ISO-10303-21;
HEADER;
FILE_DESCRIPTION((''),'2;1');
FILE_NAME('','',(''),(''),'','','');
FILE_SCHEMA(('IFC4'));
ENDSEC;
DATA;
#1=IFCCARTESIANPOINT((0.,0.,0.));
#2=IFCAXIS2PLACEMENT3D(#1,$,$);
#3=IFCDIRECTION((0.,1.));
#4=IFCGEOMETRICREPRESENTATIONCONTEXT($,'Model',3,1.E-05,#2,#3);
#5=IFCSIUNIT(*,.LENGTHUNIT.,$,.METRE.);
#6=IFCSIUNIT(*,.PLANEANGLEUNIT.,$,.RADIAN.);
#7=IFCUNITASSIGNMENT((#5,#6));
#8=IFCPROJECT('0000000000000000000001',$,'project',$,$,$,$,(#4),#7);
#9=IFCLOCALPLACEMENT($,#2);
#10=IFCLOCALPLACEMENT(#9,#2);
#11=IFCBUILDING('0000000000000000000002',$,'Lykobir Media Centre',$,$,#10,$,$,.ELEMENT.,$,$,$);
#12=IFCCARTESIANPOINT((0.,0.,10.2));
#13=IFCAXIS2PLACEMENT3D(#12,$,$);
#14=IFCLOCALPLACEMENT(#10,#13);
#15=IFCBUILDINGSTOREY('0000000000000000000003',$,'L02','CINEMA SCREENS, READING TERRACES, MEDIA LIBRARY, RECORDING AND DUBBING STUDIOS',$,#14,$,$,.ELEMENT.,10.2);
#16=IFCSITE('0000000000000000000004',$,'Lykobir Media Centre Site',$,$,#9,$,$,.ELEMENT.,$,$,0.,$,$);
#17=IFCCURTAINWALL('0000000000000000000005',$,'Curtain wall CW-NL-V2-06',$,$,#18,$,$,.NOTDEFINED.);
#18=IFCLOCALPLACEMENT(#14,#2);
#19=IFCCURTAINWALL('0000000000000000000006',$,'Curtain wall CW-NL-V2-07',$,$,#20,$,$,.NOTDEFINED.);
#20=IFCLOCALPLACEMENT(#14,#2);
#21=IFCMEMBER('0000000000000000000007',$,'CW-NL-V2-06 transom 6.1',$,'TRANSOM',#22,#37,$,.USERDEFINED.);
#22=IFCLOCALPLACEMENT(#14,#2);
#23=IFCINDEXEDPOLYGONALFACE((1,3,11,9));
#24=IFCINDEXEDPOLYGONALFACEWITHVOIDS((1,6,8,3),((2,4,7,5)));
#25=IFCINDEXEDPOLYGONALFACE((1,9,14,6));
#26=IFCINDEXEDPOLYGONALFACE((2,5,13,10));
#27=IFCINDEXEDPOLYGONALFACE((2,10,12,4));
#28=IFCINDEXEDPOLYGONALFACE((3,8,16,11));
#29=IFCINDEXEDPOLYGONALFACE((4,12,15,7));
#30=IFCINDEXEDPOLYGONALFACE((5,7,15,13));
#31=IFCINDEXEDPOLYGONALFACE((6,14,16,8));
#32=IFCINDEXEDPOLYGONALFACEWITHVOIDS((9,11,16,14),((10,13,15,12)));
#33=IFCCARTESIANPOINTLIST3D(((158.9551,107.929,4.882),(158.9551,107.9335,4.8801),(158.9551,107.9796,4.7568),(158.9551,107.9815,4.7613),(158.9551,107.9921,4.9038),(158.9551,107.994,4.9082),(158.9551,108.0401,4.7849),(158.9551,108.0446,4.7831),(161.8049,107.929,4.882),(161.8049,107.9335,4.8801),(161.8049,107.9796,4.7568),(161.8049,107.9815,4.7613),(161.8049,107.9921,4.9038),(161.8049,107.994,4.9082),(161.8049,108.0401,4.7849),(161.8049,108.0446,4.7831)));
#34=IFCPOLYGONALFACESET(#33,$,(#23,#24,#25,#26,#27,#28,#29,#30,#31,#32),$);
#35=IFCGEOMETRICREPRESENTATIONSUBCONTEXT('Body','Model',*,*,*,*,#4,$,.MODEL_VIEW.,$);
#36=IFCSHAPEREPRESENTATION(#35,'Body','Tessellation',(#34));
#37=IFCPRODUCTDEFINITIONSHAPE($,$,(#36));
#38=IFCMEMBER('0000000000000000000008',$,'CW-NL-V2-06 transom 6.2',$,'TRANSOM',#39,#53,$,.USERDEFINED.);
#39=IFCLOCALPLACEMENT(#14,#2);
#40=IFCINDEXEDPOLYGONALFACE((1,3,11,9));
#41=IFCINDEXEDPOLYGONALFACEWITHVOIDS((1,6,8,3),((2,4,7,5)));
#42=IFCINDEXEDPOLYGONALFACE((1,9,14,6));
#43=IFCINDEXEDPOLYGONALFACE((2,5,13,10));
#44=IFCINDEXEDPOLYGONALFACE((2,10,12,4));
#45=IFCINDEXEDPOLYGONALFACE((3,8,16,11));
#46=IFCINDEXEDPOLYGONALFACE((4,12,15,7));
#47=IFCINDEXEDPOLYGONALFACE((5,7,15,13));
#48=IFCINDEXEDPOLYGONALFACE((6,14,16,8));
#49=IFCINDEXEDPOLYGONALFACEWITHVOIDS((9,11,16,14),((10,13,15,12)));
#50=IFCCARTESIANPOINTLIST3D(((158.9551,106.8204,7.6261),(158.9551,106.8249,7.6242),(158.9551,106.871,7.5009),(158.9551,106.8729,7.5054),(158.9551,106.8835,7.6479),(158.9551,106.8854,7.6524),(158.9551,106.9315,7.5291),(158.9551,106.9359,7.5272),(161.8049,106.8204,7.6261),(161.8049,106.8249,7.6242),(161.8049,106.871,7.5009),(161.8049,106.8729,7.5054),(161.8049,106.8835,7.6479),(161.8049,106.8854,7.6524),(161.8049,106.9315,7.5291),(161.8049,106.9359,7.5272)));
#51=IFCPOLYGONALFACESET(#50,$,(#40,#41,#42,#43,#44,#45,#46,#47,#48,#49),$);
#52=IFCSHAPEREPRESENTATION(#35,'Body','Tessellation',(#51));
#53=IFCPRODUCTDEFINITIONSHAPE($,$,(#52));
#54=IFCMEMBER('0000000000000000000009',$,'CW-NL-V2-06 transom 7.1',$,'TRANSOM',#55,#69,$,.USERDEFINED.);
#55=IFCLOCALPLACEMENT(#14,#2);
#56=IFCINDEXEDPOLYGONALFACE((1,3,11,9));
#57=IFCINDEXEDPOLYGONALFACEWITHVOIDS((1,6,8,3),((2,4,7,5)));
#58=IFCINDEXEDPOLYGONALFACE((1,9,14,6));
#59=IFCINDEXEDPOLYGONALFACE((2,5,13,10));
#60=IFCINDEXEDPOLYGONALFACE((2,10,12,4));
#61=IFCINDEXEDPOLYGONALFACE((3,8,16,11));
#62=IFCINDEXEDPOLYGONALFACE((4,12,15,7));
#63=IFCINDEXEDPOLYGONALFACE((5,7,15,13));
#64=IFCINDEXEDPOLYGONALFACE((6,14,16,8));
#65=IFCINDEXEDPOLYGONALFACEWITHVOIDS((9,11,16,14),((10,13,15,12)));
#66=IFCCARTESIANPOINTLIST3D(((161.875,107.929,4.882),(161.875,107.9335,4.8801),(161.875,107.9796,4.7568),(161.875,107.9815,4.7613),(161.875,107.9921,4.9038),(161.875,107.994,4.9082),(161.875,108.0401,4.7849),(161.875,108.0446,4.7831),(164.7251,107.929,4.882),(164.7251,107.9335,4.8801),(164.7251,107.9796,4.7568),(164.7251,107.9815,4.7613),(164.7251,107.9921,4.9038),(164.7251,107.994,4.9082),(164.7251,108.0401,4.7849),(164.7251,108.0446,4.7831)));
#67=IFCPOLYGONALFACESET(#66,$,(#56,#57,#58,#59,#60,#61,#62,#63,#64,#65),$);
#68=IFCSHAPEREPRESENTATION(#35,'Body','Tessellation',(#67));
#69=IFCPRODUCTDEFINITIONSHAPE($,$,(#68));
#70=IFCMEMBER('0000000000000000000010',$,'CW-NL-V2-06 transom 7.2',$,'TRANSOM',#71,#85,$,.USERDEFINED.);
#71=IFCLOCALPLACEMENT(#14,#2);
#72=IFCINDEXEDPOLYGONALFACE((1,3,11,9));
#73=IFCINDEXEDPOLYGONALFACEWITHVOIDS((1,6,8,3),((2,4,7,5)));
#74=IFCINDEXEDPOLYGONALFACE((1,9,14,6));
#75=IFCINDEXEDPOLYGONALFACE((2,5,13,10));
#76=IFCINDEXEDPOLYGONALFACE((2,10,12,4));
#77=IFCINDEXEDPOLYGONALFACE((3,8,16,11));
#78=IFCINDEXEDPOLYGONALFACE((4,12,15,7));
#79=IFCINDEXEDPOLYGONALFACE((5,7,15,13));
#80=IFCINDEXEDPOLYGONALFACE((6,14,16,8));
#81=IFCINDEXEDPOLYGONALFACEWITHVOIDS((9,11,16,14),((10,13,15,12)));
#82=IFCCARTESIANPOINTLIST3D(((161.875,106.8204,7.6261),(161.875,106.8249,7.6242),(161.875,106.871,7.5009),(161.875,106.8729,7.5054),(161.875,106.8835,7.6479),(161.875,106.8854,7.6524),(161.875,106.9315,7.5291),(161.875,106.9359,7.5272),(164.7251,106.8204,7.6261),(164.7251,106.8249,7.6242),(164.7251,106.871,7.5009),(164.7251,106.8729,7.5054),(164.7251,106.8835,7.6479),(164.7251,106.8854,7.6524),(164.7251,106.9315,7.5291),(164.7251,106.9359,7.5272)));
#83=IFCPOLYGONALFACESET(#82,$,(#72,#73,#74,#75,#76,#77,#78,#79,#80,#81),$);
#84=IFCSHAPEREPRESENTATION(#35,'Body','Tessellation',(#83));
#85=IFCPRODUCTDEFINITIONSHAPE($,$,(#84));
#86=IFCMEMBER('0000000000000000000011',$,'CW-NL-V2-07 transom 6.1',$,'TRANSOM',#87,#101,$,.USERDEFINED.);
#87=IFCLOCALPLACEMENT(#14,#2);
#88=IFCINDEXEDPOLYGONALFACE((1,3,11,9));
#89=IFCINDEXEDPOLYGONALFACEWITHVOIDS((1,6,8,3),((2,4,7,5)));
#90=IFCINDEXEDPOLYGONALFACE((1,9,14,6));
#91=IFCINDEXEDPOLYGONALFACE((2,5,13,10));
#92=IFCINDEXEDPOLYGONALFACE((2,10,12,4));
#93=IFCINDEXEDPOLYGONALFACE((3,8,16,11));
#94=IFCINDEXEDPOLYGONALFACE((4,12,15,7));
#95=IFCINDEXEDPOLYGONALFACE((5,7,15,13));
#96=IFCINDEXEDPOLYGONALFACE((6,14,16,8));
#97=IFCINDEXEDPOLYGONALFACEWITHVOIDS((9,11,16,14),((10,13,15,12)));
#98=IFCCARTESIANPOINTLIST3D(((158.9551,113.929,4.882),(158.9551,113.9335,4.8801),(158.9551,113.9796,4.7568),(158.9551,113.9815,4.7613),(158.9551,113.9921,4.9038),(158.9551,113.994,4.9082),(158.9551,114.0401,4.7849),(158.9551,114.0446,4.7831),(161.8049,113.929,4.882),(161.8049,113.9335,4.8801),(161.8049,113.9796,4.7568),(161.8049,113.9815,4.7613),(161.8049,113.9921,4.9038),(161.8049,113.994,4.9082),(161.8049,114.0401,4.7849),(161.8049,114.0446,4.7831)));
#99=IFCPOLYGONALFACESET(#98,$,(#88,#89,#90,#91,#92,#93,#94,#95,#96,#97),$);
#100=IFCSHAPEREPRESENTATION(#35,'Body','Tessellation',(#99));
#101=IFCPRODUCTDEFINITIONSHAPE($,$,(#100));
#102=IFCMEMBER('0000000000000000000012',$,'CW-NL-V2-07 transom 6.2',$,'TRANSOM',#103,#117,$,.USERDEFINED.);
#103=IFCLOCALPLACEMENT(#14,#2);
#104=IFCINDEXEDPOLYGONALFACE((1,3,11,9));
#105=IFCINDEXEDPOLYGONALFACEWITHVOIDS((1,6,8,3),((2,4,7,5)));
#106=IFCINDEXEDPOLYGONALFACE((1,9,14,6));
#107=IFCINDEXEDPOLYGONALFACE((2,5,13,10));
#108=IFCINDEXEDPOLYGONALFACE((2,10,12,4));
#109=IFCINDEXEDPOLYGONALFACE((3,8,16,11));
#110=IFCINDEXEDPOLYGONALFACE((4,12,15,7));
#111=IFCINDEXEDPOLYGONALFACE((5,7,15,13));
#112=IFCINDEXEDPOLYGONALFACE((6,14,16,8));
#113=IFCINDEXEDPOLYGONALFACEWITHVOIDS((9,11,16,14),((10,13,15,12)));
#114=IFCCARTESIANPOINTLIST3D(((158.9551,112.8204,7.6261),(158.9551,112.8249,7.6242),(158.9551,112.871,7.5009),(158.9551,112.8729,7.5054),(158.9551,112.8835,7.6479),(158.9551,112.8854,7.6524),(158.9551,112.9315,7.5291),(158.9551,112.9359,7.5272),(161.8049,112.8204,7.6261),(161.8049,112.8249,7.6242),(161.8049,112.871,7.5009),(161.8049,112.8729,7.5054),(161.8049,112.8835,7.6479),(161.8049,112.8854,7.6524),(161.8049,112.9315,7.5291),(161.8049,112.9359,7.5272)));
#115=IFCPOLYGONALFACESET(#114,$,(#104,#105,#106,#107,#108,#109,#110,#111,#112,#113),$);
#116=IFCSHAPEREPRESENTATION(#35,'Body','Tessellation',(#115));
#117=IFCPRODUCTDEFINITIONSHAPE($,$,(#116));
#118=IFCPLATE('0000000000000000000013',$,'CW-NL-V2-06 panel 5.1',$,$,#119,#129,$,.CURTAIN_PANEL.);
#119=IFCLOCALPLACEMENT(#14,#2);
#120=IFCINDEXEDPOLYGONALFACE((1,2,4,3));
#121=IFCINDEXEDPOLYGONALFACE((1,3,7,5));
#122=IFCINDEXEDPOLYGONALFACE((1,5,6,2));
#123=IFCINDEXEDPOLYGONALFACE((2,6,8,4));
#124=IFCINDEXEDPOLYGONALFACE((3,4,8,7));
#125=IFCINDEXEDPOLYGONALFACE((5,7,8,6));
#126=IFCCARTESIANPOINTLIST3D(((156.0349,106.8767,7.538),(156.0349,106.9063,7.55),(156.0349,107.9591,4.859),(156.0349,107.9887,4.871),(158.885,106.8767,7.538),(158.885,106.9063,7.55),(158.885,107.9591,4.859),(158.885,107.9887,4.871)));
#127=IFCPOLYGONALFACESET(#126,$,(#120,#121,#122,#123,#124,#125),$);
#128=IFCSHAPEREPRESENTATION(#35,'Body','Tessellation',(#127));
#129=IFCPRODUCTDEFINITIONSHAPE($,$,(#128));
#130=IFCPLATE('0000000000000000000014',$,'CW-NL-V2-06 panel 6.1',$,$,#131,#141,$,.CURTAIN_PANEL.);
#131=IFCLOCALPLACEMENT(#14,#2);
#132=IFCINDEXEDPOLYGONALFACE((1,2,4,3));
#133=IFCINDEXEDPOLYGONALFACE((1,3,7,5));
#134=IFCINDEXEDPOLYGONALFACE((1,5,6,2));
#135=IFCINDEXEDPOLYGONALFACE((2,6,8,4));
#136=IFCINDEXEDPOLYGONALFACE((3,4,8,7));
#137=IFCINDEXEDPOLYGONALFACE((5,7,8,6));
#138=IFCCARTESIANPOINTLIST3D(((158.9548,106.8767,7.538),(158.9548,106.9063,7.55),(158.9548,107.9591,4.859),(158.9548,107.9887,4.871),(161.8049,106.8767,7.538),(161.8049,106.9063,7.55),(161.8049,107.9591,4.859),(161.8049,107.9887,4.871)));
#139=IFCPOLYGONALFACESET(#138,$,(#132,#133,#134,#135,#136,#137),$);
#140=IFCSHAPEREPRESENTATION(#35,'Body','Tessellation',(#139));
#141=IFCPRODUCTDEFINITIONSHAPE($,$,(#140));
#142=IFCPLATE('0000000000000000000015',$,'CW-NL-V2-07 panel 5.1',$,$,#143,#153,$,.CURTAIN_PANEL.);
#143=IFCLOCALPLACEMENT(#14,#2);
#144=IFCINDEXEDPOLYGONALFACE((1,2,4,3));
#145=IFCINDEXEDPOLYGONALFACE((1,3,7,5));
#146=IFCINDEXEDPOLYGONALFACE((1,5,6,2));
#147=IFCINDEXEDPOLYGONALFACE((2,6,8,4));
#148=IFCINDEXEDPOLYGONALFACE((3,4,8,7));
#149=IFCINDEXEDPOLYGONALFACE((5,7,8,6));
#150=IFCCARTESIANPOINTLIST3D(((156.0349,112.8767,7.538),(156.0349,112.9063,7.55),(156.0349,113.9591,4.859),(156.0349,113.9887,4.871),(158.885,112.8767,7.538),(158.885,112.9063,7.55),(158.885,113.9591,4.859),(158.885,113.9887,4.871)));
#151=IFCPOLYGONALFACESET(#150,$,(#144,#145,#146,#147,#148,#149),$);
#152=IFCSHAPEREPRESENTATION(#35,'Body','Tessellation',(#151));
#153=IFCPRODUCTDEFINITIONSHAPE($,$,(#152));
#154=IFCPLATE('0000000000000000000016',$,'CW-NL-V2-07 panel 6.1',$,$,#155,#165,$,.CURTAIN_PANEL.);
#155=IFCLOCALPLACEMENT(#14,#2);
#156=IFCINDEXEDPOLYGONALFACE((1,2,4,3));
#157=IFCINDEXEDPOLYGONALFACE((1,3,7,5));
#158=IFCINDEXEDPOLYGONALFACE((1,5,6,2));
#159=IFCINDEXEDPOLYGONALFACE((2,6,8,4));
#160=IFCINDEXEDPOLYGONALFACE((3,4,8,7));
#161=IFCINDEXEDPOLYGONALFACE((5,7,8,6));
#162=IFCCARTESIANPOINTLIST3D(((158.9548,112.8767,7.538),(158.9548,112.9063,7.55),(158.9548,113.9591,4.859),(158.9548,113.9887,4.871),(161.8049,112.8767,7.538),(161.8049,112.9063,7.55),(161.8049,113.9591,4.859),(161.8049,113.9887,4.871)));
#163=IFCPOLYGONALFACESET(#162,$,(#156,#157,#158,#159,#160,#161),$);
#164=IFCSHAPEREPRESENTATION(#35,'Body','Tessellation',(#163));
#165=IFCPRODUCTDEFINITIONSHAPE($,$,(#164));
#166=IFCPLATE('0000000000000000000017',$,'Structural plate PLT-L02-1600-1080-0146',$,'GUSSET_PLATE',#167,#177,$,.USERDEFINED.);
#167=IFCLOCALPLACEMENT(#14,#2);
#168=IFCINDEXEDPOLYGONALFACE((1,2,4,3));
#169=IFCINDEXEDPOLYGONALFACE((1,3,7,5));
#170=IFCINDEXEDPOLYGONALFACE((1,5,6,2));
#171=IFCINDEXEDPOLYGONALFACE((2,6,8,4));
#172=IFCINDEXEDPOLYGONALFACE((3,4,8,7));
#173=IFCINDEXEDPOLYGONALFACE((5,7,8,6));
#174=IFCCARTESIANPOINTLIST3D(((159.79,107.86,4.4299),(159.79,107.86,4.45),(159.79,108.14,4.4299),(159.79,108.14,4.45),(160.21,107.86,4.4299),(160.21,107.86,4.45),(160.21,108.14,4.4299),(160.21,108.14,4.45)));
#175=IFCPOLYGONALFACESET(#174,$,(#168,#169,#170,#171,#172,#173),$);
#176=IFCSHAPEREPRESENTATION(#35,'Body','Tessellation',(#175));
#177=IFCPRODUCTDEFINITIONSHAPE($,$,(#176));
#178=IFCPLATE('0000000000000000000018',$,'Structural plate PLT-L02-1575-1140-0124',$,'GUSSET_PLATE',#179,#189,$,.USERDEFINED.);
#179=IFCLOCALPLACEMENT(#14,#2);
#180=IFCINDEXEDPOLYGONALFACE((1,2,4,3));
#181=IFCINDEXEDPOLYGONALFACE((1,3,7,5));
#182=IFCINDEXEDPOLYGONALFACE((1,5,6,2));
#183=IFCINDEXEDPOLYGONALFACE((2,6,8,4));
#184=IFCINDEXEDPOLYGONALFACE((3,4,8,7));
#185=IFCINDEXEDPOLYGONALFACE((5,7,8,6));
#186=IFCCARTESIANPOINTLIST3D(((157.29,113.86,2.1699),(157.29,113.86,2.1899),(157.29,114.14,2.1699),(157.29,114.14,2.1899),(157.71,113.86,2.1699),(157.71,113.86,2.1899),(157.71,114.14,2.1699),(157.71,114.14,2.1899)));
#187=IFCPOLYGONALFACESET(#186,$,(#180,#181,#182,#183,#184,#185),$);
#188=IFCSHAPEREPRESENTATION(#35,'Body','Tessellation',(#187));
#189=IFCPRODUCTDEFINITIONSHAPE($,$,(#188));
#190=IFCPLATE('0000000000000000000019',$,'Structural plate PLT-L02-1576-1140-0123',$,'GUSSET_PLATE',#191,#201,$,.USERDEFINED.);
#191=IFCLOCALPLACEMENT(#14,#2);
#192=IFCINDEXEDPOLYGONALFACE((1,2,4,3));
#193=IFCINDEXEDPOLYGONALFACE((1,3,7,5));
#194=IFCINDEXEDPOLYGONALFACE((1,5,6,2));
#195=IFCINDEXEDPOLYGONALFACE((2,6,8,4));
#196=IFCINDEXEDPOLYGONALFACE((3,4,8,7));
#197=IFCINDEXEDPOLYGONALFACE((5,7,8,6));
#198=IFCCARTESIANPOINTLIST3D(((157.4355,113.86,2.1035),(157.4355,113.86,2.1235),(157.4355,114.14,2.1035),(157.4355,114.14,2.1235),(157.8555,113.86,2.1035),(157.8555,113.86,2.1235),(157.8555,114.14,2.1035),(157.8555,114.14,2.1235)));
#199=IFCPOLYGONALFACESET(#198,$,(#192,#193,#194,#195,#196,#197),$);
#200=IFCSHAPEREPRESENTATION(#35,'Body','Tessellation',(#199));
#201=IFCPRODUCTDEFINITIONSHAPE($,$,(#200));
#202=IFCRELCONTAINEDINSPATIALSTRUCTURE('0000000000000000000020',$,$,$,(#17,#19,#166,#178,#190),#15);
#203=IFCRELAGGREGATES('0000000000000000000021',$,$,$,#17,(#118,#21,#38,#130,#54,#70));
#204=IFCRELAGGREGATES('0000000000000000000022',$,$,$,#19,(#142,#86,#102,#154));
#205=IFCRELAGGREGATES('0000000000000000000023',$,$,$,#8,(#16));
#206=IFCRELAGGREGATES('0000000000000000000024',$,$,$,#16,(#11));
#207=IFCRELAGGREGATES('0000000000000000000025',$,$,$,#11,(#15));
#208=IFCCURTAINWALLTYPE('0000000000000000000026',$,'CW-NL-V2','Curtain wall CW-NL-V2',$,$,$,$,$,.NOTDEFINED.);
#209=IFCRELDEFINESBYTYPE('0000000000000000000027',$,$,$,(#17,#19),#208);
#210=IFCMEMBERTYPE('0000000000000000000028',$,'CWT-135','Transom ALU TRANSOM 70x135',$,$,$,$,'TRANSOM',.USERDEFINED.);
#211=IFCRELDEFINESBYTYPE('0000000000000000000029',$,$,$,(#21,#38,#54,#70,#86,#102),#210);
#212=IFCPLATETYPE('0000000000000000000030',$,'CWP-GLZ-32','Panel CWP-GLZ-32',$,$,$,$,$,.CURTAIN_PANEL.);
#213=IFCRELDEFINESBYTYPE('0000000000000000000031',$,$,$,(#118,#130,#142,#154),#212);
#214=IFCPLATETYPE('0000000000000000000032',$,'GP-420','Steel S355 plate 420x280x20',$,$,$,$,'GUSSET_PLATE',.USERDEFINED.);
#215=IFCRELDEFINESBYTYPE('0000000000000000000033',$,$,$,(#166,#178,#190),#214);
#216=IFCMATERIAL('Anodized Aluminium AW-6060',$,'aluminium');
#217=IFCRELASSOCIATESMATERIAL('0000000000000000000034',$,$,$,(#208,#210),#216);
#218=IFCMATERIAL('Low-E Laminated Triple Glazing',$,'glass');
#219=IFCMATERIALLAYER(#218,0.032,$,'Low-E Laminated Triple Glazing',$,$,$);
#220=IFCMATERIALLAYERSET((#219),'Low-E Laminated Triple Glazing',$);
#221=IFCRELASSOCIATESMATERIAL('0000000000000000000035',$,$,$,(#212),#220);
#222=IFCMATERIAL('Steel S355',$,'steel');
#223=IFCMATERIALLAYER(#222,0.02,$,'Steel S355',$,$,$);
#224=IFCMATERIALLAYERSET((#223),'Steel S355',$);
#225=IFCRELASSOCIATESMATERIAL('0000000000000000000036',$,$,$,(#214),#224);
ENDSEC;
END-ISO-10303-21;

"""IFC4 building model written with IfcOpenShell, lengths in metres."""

from ifc_helpers import new_model, si_unit, direction, frame, origin, origin_2d, place, context, subcontext, project, spatial, rectangle, hollow_rectangle, extrude, material, layer, layer_set, material_profile, profile_set, type_object, element, aggregate, save


model = new_model("IFC4")

# Units and contexts
model_context = context("Model", 3, precision=1e-05, world=origin(), true_north=direction((0.0, 1.0)))
body_context = subcontext(model_context, "Body", "Model", "MODEL_VIEW")
ifc_project = project(units=[si_unit("LENGTHUNIT", "METRE"), si_unit("PLANEANGLEUNIT", "RADIAN")], contexts=[model_context])

# Site, building, storey
site_placement = place(None, origin())
site = spatial("IfcSite", under=ifc_project, at=site_placement, Name="Lykobir Media Centre Site", CompositionType="ELEMENT", RefElevation=0.0)
building_placement = place(site_placement, origin())
building = spatial("IfcBuilding", under=site, at=building_placement, Name="Lykobir Media Centre", CompositionType="ELEMENT")
storey_placement = place(building_placement, frame((0.0, 0.0, 10.2)))
storey = spatial("IfcBuildingStorey", under=building, at=storey_placement, Name="L02", Description="CINEMA SCREENS, READING TERRACES, MEDIA LIBRARY, RECORDING AND DUBBING STUDIOS", CompositionType="ELEMENT", Elevation=10.2)

# Shared definitions
ifc_material_1 = material(Name="Steel S355", Category="steel")

# Curtain walls
ifc_material_2 = material(Name="Anodized Aluminium AW-6060", Category="aluminium")
curtain_wall_type = type_object("IfcCurtainWallType", Name="CW-NL-V2", Description="Curtain wall CW-NL-V2", PredefinedType="NOTDEFINED", material=ifc_material_2)
curtain_wall_1_placement = place(storey_placement, origin())
curtain_wall_1 = element("IfcCurtainWall", 1, at=curtain_wall_1_placement, inside=storey, type_object=curtain_wall_type, Name="Curtain wall CW-NL-V2-06", PredefinedType="NOTDEFINED")
curtain_wall_2_placement = place(storey_placement, origin())
curtain_wall_2 = element("IfcCurtainWall", 2, at=curtain_wall_2_placement, inside=storey, type_object=curtain_wall_type, Name="Curtain wall CW-NL-V2-07", PredefinedType="NOTDEFINED")

# Members
ifc_material_profile_1 = material_profile(ifc_material_2, hollow_rectangle(XDim=0.0701, YDim=0.135, WallThickness=0.0034, at=origin_2d()), Name="ALU TRANSOM 70x135")
ifc_profile_set_1 = profile_set([ifc_material_profile_1], Name="Anodized Aluminium AW-6060")
member_type_1 = type_object("IfcMemberType", Name="CWT-135", Description="Transom ALU TRANSOM 70x135", ElementType="TRANSOM", PredefinedType="USERDEFINED", material=ifc_profile_set_1)
member_1_placement = place(storey_placement, frame((158.9551, 107.9868, 4.8325), z_axis=(1.0, 0.0, 0.0), x_axis=(0.0, 0.927184, 0.374607)))
member_1 = element("IfcMember", 3, at=member_1_placement, type_object=member_type_1, Name="CW-NL-V2-06 transom 6.1", ObjectType="TRANSOM", PredefinedType="USERDEFINED", context=body_context, shape_type="SweptSolid", body=[
    extrude(hollow_rectangle(XDim=0.0701, YDim=0.135, WallThickness=0.0034, at=origin_2d()), origin(), (0.0, 0.0, 1.0), 2.8499),
])
member_2_placement = place(storey_placement, frame((158.9551, 106.8782, 7.5767), z_axis=(1.0, 0.0, 0.0), x_axis=(0.0, 0.927184, 0.374607)))
member_2 = element("IfcMember", 4, at=member_2_placement, type_object=member_type_1, Name="CW-NL-V2-06 transom 6.2", ObjectType="TRANSOM", PredefinedType="USERDEFINED", context=body_context, shape_type="SweptSolid", body=[
    extrude(hollow_rectangle(XDim=0.0701, YDim=0.135, WallThickness=0.0034, at=origin_2d()), origin(), (0.0, 0.0, 1.0), 2.8499),
])
member_3_placement = place(storey_placement, frame((161.875, 107.9868, 4.8325), z_axis=(1.0, 0.0, 0.0), x_axis=(0.0, 0.927184, 0.374607)))
member_3 = element("IfcMember", 5, at=member_3_placement, type_object=member_type_1, Name="CW-NL-V2-06 transom 7.1", ObjectType="TRANSOM", PredefinedType="USERDEFINED", context=body_context, shape_type="SweptSolid", body=[
    extrude(hollow_rectangle(XDim=0.0701, YDim=0.135, WallThickness=0.0034, at=origin_2d()), origin(), (0.0, 0.0, 1.0), 2.8501),
])
member_4_placement = place(storey_placement, frame((161.875, 106.8782, 7.5767), z_axis=(1.0, 0.0, 0.0), x_axis=(0.0, 0.927184, 0.374607)))
member_4 = element("IfcMember", 6, at=member_4_placement, type_object=member_type_1, Name="CW-NL-V2-06 transom 7.2", ObjectType="TRANSOM", PredefinedType="USERDEFINED", context=body_context, shape_type="SweptSolid", body=[
    extrude(hollow_rectangle(XDim=0.0701, YDim=0.135, WallThickness=0.0034, at=origin_2d()), origin(), (0.0, 0.0, 1.0), 2.8501),
])
member_5_placement = place(storey_placement, frame((158.9551, 113.9868, 4.8325), z_axis=(1.0, 0.0, 0.0), x_axis=(0.0, 0.927184, 0.374607)))
member_5 = element("IfcMember", 7, at=member_5_placement, type_object=member_type_1, Name="CW-NL-V2-07 transom 6.1", ObjectType="TRANSOM", PredefinedType="USERDEFINED", context=body_context, shape_type="SweptSolid", body=[
    extrude(hollow_rectangle(XDim=0.0701, YDim=0.135, WallThickness=0.0034, at=origin_2d()), origin(), (0.0, 0.0, 1.0), 2.8499),
])
member_6_placement = place(storey_placement, frame((158.9551, 112.8782, 7.5767), z_axis=(1.0, 0.0, 0.0), x_axis=(0.0, 0.927184, 0.374607)))
member_6 = element("IfcMember", 8, at=member_6_placement, type_object=member_type_1, Name="CW-NL-V2-07 transom 6.2", ObjectType="TRANSOM", PredefinedType="USERDEFINED", context=body_context, shape_type="SweptSolid", body=[
    extrude(hollow_rectangle(XDim=0.0701, YDim=0.135, WallThickness=0.0034, at=origin_2d()), origin(), (0.0, 0.0, 1.0), 2.8499),
])

# Plates
ifc_material_3 = material(Name="Low-E Laminated Triple Glazing", Category="glass")
ifc_layer_1 = layer(ifc_material_3, 0.032, Name="Low-E Laminated Triple Glazing")
ifc_layer_set_1 = layer_set([ifc_layer_1], Name="Low-E Laminated Triple Glazing")
plate_type_1 = type_object("IfcPlateType", Name="CWP-GLZ-32", Description="Panel CWP-GLZ-32", PredefinedType="CURTAIN_PANEL", material=ifc_layer_set_1)
plate_1_placement = place(storey_placement, frame((157.46, 107.9739, 4.865), z_axis=(0.0, -0.374607, 0.927184), x_axis=(1.0, 0.0, 0.0)))
plate_1 = element("IfcPlate", 9, at=plate_1_placement, type_object=plate_type_1, Name="CW-NL-V2-06 panel 5.1", PredefinedType="CURTAIN_PANEL", context=body_context, shape_type="SweptSolid", body=[
    extrude(rectangle(XDim=2.8501, YDim=0.032, at=origin_2d()), origin(), (0.0, 0.0, 1.0), 2.8894),
])
plate_2_placement = place(storey_placement, frame((160.3799, 107.9739, 4.865), z_axis=(0.0, -0.374607, 0.927184), x_axis=(1.0, 0.0, 0.0)))
plate_2 = element("IfcPlate", 10, at=plate_2_placement, type_object=plate_type_1, Name="CW-NL-V2-06 panel 6.1", PredefinedType="CURTAIN_PANEL", context=body_context, shape_type="SweptSolid", body=[
    extrude(rectangle(XDim=2.8501, YDim=0.032, at=origin_2d()), origin(), (0.0, 0.0, 1.0), 2.8894),
])
aggregate(curtain_wall_1, [plate_1, member_1, member_2, plate_2, member_3, member_4])
plate_3_placement = place(storey_placement, frame((157.46, 113.9739, 4.865), z_axis=(0.0, -0.374607, 0.927184), x_axis=(1.0, 0.0, 0.0)))
plate_3 = element("IfcPlate", 11, at=plate_3_placement, type_object=plate_type_1, Name="CW-NL-V2-07 panel 5.1", PredefinedType="CURTAIN_PANEL", context=body_context, shape_type="SweptSolid", body=[
    extrude(rectangle(XDim=2.8501, YDim=0.032, at=origin_2d()), origin(), (0.0, 0.0, 1.0), 2.8894),
])
plate_4_placement = place(storey_placement, frame((160.3799, 113.9739, 4.865), z_axis=(0.0, -0.374607, 0.927184), x_axis=(1.0, 0.0, 0.0)))
plate_4 = element("IfcPlate", 12, at=plate_4_placement, type_object=plate_type_1, Name="CW-NL-V2-07 panel 6.1", PredefinedType="CURTAIN_PANEL", context=body_context, shape_type="SweptSolid", body=[
    extrude(rectangle(XDim=2.8501, YDim=0.032, at=origin_2d()), origin(), (0.0, 0.0, 1.0), 2.8894),
])
aggregate(curtain_wall_2, [plate_3, member_5, member_6, plate_4])

# Plates
ifc_layer_2 = layer(ifc_material_1, 0.02, Name="Steel S355")
ifc_layer_set_2 = layer_set([ifc_layer_2], Name="Steel S355")
plate_type_2 = type_object("IfcPlateType", Name="GP-420", Description="Steel S355 plate 420x280x20", ElementType="GUSSET_PLATE", PredefinedType="USERDEFINED", material=ifc_layer_set_2)
for number, where, z_axis, x_axis, name in (
    (13, (160.0, 108.0, 4.4299), (0.0, 0.0, 1.0), (1.0, 0.0, 0.0), "Structural plate PLT-L02-1600-1080-0146"),
    (14, (157.5, 114.0, 2.1699), (0.0, 0.0, 1.0), (1.0, 0.0, 0.0), "Structural plate PLT-L02-1575-1140-0124"),
    (15, (157.6455, 114.0, 2.1035), (0.0, 0.0, 1.0), (1.0, 0.0, 0.0), "Structural plate PLT-L02-1576-1140-0123"),
):
    element("IfcPlate", number, at=place(storey_placement, frame(where, z_axis=z_axis, x_axis=x_axis)), inside=storey, type_object=plate_type_2, Name=name, ObjectType="GUSSET_PLATE", PredefinedType="USERDEFINED", context=body_context, shape_type="SweptSolid", body=[
        extrude(rectangle(XDim=0.4199, YDim=0.28, at=origin_2d()), origin(), (0.0, 0.0, 1.0), 0.02),
    ])

save(model, "model.ifc")
